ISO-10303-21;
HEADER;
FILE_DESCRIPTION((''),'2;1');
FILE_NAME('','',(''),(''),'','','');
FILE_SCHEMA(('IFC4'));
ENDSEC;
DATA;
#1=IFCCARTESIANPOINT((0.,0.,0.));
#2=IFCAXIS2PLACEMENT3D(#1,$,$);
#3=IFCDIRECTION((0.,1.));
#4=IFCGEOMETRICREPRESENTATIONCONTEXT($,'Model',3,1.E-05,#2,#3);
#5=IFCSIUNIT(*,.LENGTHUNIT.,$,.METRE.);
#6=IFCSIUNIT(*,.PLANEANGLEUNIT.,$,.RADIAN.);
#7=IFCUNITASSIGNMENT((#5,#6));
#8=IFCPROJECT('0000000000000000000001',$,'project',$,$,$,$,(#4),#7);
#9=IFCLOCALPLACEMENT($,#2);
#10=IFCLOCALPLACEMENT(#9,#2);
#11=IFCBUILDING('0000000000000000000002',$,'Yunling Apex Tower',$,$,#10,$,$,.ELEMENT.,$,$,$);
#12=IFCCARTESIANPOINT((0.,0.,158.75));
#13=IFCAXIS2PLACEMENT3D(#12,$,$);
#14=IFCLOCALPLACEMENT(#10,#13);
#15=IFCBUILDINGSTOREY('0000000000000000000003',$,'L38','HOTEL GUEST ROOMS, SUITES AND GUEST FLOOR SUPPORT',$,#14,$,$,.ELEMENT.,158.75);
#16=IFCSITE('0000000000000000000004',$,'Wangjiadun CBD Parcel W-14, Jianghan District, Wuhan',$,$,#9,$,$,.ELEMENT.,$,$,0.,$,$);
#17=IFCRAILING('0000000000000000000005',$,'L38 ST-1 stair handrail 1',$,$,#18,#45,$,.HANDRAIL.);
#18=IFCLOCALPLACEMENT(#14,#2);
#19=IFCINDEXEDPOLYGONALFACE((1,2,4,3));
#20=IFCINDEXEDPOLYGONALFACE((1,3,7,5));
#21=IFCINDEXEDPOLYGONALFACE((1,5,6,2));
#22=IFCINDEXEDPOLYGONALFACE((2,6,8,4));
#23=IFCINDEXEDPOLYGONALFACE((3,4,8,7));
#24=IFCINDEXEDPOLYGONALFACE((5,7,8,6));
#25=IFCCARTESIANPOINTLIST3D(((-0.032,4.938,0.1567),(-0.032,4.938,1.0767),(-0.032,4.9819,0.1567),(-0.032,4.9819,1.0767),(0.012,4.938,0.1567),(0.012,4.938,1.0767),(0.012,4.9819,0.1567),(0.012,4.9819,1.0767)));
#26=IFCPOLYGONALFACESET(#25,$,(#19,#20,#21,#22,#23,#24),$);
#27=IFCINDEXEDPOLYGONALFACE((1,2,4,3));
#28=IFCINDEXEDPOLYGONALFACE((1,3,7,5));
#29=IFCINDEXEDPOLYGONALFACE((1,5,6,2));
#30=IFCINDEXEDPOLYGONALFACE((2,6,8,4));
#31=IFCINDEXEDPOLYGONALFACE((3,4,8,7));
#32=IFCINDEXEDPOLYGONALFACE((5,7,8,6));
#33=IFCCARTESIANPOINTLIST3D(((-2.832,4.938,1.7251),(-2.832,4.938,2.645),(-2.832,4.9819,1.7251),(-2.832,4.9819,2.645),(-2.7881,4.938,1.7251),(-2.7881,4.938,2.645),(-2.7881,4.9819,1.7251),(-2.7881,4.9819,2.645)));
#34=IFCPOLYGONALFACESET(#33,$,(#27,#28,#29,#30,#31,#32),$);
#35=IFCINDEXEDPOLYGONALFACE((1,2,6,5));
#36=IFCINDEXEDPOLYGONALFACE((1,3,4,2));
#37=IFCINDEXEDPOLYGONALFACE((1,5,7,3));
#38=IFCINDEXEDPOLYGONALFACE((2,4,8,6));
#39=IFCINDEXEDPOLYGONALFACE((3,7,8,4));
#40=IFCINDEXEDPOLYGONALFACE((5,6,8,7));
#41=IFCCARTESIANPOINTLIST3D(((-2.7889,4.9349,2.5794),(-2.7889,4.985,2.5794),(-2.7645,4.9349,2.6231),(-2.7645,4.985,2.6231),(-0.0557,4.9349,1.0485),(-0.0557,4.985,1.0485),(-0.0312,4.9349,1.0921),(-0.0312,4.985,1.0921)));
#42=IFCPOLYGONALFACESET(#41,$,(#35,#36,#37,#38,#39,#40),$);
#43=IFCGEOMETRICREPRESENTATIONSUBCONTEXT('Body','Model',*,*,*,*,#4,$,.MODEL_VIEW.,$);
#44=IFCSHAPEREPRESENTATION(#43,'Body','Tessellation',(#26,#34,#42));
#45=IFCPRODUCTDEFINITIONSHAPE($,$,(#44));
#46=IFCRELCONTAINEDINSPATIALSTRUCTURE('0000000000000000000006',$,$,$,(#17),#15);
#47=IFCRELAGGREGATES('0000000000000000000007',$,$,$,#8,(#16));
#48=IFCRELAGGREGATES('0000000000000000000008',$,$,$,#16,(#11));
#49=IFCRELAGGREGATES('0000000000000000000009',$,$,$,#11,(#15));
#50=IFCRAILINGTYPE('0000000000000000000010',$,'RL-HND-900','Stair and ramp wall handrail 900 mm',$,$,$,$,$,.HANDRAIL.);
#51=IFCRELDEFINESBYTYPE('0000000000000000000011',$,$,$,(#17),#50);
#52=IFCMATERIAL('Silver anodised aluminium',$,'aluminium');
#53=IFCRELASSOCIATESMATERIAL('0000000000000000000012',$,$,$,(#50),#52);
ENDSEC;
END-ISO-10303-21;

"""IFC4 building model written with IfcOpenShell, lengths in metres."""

from ifc_helpers import new_model, si_unit, direction, frame, origin, origin_2d, place, context, subcontext, project, spatial, rectangle, extrude, material, type_object, element, save


model = new_model("IFC4")

# Units and contexts
model_context = context("Model", 3, precision=1e-05, world=origin(), true_north=direction((0.0, 1.0)))
body_context = subcontext(model_context, "Body", "Model", "MODEL_VIEW")
ifc_project = project(units=[si_unit("LENGTHUNIT", "METRE"), si_unit("PLANEANGLEUNIT", "RADIAN")], contexts=[model_context])

# Site, building, storey
site_placement = place(None, origin())
site = spatial("IfcSite", under=ifc_project, at=site_placement, Name="Wangjiadun CBD Parcel W-14, Jianghan District, Wuhan", CompositionType="ELEMENT", RefElevation=0.0)
building_placement = place(site_placement, origin())
building = spatial("IfcBuilding", under=site, at=building_placement, Name="Yunling Apex Tower", CompositionType="ELEMENT")
storey_placement = place(building_placement, frame((0.0, 0.0, 158.75)))
storey = spatial("IfcBuildingStorey", under=building, at=storey_placement, Name="L38", Description="HOTEL GUEST ROOMS, SUITES AND GUEST FLOOR SUPPORT", CompositionType="ELEMENT", Elevation=158.75)

# Railing
ifc_material_1 = material(Name="Silver anodised aluminium", Category="aluminium")
railing_type_1 = type_object("IfcRailingType", Name="RL-HND-900", Description="Stair and ramp wall handrail 900 mm", PredefinedType="HANDRAIL", material=ifc_material_1)
railing_1_placement = place(storey_placement, frame((-0.01, 4.96, 0.1567)))
element("IfcRailing", 1, at=railing_1_placement, inside=storey, type_object=railing_type_1, Name="L38 ST-1 stair handrail 1", PredefinedType="HANDRAIL", context=body_context, shape_type="SweptSolid", body=[
    extrude(rectangle(XDim=0.0439, YDim=0.0439, at=origin_2d()), origin(), (0.0, 0.0, 1.0), 0.9199),
    extrude(rectangle(XDim=0.0439, YDim=0.0439, at=origin_2d()), frame((-2.8, 0.0, 1.5684)), (0.0, 0.0, 1.0), 0.9199),
    extrude(rectangle(XDim=0.05, YDim=0.05, at=origin_2d()), frame((-0.0334, 0.0, 0.9136), z_axis=(-0.872462, 0.0, 0.488682), x_axis=(0.0, -1.0, 0.0)), (0.0, 0.0, 1.0), 3.1328),
])

save(model, "model.ifc")
